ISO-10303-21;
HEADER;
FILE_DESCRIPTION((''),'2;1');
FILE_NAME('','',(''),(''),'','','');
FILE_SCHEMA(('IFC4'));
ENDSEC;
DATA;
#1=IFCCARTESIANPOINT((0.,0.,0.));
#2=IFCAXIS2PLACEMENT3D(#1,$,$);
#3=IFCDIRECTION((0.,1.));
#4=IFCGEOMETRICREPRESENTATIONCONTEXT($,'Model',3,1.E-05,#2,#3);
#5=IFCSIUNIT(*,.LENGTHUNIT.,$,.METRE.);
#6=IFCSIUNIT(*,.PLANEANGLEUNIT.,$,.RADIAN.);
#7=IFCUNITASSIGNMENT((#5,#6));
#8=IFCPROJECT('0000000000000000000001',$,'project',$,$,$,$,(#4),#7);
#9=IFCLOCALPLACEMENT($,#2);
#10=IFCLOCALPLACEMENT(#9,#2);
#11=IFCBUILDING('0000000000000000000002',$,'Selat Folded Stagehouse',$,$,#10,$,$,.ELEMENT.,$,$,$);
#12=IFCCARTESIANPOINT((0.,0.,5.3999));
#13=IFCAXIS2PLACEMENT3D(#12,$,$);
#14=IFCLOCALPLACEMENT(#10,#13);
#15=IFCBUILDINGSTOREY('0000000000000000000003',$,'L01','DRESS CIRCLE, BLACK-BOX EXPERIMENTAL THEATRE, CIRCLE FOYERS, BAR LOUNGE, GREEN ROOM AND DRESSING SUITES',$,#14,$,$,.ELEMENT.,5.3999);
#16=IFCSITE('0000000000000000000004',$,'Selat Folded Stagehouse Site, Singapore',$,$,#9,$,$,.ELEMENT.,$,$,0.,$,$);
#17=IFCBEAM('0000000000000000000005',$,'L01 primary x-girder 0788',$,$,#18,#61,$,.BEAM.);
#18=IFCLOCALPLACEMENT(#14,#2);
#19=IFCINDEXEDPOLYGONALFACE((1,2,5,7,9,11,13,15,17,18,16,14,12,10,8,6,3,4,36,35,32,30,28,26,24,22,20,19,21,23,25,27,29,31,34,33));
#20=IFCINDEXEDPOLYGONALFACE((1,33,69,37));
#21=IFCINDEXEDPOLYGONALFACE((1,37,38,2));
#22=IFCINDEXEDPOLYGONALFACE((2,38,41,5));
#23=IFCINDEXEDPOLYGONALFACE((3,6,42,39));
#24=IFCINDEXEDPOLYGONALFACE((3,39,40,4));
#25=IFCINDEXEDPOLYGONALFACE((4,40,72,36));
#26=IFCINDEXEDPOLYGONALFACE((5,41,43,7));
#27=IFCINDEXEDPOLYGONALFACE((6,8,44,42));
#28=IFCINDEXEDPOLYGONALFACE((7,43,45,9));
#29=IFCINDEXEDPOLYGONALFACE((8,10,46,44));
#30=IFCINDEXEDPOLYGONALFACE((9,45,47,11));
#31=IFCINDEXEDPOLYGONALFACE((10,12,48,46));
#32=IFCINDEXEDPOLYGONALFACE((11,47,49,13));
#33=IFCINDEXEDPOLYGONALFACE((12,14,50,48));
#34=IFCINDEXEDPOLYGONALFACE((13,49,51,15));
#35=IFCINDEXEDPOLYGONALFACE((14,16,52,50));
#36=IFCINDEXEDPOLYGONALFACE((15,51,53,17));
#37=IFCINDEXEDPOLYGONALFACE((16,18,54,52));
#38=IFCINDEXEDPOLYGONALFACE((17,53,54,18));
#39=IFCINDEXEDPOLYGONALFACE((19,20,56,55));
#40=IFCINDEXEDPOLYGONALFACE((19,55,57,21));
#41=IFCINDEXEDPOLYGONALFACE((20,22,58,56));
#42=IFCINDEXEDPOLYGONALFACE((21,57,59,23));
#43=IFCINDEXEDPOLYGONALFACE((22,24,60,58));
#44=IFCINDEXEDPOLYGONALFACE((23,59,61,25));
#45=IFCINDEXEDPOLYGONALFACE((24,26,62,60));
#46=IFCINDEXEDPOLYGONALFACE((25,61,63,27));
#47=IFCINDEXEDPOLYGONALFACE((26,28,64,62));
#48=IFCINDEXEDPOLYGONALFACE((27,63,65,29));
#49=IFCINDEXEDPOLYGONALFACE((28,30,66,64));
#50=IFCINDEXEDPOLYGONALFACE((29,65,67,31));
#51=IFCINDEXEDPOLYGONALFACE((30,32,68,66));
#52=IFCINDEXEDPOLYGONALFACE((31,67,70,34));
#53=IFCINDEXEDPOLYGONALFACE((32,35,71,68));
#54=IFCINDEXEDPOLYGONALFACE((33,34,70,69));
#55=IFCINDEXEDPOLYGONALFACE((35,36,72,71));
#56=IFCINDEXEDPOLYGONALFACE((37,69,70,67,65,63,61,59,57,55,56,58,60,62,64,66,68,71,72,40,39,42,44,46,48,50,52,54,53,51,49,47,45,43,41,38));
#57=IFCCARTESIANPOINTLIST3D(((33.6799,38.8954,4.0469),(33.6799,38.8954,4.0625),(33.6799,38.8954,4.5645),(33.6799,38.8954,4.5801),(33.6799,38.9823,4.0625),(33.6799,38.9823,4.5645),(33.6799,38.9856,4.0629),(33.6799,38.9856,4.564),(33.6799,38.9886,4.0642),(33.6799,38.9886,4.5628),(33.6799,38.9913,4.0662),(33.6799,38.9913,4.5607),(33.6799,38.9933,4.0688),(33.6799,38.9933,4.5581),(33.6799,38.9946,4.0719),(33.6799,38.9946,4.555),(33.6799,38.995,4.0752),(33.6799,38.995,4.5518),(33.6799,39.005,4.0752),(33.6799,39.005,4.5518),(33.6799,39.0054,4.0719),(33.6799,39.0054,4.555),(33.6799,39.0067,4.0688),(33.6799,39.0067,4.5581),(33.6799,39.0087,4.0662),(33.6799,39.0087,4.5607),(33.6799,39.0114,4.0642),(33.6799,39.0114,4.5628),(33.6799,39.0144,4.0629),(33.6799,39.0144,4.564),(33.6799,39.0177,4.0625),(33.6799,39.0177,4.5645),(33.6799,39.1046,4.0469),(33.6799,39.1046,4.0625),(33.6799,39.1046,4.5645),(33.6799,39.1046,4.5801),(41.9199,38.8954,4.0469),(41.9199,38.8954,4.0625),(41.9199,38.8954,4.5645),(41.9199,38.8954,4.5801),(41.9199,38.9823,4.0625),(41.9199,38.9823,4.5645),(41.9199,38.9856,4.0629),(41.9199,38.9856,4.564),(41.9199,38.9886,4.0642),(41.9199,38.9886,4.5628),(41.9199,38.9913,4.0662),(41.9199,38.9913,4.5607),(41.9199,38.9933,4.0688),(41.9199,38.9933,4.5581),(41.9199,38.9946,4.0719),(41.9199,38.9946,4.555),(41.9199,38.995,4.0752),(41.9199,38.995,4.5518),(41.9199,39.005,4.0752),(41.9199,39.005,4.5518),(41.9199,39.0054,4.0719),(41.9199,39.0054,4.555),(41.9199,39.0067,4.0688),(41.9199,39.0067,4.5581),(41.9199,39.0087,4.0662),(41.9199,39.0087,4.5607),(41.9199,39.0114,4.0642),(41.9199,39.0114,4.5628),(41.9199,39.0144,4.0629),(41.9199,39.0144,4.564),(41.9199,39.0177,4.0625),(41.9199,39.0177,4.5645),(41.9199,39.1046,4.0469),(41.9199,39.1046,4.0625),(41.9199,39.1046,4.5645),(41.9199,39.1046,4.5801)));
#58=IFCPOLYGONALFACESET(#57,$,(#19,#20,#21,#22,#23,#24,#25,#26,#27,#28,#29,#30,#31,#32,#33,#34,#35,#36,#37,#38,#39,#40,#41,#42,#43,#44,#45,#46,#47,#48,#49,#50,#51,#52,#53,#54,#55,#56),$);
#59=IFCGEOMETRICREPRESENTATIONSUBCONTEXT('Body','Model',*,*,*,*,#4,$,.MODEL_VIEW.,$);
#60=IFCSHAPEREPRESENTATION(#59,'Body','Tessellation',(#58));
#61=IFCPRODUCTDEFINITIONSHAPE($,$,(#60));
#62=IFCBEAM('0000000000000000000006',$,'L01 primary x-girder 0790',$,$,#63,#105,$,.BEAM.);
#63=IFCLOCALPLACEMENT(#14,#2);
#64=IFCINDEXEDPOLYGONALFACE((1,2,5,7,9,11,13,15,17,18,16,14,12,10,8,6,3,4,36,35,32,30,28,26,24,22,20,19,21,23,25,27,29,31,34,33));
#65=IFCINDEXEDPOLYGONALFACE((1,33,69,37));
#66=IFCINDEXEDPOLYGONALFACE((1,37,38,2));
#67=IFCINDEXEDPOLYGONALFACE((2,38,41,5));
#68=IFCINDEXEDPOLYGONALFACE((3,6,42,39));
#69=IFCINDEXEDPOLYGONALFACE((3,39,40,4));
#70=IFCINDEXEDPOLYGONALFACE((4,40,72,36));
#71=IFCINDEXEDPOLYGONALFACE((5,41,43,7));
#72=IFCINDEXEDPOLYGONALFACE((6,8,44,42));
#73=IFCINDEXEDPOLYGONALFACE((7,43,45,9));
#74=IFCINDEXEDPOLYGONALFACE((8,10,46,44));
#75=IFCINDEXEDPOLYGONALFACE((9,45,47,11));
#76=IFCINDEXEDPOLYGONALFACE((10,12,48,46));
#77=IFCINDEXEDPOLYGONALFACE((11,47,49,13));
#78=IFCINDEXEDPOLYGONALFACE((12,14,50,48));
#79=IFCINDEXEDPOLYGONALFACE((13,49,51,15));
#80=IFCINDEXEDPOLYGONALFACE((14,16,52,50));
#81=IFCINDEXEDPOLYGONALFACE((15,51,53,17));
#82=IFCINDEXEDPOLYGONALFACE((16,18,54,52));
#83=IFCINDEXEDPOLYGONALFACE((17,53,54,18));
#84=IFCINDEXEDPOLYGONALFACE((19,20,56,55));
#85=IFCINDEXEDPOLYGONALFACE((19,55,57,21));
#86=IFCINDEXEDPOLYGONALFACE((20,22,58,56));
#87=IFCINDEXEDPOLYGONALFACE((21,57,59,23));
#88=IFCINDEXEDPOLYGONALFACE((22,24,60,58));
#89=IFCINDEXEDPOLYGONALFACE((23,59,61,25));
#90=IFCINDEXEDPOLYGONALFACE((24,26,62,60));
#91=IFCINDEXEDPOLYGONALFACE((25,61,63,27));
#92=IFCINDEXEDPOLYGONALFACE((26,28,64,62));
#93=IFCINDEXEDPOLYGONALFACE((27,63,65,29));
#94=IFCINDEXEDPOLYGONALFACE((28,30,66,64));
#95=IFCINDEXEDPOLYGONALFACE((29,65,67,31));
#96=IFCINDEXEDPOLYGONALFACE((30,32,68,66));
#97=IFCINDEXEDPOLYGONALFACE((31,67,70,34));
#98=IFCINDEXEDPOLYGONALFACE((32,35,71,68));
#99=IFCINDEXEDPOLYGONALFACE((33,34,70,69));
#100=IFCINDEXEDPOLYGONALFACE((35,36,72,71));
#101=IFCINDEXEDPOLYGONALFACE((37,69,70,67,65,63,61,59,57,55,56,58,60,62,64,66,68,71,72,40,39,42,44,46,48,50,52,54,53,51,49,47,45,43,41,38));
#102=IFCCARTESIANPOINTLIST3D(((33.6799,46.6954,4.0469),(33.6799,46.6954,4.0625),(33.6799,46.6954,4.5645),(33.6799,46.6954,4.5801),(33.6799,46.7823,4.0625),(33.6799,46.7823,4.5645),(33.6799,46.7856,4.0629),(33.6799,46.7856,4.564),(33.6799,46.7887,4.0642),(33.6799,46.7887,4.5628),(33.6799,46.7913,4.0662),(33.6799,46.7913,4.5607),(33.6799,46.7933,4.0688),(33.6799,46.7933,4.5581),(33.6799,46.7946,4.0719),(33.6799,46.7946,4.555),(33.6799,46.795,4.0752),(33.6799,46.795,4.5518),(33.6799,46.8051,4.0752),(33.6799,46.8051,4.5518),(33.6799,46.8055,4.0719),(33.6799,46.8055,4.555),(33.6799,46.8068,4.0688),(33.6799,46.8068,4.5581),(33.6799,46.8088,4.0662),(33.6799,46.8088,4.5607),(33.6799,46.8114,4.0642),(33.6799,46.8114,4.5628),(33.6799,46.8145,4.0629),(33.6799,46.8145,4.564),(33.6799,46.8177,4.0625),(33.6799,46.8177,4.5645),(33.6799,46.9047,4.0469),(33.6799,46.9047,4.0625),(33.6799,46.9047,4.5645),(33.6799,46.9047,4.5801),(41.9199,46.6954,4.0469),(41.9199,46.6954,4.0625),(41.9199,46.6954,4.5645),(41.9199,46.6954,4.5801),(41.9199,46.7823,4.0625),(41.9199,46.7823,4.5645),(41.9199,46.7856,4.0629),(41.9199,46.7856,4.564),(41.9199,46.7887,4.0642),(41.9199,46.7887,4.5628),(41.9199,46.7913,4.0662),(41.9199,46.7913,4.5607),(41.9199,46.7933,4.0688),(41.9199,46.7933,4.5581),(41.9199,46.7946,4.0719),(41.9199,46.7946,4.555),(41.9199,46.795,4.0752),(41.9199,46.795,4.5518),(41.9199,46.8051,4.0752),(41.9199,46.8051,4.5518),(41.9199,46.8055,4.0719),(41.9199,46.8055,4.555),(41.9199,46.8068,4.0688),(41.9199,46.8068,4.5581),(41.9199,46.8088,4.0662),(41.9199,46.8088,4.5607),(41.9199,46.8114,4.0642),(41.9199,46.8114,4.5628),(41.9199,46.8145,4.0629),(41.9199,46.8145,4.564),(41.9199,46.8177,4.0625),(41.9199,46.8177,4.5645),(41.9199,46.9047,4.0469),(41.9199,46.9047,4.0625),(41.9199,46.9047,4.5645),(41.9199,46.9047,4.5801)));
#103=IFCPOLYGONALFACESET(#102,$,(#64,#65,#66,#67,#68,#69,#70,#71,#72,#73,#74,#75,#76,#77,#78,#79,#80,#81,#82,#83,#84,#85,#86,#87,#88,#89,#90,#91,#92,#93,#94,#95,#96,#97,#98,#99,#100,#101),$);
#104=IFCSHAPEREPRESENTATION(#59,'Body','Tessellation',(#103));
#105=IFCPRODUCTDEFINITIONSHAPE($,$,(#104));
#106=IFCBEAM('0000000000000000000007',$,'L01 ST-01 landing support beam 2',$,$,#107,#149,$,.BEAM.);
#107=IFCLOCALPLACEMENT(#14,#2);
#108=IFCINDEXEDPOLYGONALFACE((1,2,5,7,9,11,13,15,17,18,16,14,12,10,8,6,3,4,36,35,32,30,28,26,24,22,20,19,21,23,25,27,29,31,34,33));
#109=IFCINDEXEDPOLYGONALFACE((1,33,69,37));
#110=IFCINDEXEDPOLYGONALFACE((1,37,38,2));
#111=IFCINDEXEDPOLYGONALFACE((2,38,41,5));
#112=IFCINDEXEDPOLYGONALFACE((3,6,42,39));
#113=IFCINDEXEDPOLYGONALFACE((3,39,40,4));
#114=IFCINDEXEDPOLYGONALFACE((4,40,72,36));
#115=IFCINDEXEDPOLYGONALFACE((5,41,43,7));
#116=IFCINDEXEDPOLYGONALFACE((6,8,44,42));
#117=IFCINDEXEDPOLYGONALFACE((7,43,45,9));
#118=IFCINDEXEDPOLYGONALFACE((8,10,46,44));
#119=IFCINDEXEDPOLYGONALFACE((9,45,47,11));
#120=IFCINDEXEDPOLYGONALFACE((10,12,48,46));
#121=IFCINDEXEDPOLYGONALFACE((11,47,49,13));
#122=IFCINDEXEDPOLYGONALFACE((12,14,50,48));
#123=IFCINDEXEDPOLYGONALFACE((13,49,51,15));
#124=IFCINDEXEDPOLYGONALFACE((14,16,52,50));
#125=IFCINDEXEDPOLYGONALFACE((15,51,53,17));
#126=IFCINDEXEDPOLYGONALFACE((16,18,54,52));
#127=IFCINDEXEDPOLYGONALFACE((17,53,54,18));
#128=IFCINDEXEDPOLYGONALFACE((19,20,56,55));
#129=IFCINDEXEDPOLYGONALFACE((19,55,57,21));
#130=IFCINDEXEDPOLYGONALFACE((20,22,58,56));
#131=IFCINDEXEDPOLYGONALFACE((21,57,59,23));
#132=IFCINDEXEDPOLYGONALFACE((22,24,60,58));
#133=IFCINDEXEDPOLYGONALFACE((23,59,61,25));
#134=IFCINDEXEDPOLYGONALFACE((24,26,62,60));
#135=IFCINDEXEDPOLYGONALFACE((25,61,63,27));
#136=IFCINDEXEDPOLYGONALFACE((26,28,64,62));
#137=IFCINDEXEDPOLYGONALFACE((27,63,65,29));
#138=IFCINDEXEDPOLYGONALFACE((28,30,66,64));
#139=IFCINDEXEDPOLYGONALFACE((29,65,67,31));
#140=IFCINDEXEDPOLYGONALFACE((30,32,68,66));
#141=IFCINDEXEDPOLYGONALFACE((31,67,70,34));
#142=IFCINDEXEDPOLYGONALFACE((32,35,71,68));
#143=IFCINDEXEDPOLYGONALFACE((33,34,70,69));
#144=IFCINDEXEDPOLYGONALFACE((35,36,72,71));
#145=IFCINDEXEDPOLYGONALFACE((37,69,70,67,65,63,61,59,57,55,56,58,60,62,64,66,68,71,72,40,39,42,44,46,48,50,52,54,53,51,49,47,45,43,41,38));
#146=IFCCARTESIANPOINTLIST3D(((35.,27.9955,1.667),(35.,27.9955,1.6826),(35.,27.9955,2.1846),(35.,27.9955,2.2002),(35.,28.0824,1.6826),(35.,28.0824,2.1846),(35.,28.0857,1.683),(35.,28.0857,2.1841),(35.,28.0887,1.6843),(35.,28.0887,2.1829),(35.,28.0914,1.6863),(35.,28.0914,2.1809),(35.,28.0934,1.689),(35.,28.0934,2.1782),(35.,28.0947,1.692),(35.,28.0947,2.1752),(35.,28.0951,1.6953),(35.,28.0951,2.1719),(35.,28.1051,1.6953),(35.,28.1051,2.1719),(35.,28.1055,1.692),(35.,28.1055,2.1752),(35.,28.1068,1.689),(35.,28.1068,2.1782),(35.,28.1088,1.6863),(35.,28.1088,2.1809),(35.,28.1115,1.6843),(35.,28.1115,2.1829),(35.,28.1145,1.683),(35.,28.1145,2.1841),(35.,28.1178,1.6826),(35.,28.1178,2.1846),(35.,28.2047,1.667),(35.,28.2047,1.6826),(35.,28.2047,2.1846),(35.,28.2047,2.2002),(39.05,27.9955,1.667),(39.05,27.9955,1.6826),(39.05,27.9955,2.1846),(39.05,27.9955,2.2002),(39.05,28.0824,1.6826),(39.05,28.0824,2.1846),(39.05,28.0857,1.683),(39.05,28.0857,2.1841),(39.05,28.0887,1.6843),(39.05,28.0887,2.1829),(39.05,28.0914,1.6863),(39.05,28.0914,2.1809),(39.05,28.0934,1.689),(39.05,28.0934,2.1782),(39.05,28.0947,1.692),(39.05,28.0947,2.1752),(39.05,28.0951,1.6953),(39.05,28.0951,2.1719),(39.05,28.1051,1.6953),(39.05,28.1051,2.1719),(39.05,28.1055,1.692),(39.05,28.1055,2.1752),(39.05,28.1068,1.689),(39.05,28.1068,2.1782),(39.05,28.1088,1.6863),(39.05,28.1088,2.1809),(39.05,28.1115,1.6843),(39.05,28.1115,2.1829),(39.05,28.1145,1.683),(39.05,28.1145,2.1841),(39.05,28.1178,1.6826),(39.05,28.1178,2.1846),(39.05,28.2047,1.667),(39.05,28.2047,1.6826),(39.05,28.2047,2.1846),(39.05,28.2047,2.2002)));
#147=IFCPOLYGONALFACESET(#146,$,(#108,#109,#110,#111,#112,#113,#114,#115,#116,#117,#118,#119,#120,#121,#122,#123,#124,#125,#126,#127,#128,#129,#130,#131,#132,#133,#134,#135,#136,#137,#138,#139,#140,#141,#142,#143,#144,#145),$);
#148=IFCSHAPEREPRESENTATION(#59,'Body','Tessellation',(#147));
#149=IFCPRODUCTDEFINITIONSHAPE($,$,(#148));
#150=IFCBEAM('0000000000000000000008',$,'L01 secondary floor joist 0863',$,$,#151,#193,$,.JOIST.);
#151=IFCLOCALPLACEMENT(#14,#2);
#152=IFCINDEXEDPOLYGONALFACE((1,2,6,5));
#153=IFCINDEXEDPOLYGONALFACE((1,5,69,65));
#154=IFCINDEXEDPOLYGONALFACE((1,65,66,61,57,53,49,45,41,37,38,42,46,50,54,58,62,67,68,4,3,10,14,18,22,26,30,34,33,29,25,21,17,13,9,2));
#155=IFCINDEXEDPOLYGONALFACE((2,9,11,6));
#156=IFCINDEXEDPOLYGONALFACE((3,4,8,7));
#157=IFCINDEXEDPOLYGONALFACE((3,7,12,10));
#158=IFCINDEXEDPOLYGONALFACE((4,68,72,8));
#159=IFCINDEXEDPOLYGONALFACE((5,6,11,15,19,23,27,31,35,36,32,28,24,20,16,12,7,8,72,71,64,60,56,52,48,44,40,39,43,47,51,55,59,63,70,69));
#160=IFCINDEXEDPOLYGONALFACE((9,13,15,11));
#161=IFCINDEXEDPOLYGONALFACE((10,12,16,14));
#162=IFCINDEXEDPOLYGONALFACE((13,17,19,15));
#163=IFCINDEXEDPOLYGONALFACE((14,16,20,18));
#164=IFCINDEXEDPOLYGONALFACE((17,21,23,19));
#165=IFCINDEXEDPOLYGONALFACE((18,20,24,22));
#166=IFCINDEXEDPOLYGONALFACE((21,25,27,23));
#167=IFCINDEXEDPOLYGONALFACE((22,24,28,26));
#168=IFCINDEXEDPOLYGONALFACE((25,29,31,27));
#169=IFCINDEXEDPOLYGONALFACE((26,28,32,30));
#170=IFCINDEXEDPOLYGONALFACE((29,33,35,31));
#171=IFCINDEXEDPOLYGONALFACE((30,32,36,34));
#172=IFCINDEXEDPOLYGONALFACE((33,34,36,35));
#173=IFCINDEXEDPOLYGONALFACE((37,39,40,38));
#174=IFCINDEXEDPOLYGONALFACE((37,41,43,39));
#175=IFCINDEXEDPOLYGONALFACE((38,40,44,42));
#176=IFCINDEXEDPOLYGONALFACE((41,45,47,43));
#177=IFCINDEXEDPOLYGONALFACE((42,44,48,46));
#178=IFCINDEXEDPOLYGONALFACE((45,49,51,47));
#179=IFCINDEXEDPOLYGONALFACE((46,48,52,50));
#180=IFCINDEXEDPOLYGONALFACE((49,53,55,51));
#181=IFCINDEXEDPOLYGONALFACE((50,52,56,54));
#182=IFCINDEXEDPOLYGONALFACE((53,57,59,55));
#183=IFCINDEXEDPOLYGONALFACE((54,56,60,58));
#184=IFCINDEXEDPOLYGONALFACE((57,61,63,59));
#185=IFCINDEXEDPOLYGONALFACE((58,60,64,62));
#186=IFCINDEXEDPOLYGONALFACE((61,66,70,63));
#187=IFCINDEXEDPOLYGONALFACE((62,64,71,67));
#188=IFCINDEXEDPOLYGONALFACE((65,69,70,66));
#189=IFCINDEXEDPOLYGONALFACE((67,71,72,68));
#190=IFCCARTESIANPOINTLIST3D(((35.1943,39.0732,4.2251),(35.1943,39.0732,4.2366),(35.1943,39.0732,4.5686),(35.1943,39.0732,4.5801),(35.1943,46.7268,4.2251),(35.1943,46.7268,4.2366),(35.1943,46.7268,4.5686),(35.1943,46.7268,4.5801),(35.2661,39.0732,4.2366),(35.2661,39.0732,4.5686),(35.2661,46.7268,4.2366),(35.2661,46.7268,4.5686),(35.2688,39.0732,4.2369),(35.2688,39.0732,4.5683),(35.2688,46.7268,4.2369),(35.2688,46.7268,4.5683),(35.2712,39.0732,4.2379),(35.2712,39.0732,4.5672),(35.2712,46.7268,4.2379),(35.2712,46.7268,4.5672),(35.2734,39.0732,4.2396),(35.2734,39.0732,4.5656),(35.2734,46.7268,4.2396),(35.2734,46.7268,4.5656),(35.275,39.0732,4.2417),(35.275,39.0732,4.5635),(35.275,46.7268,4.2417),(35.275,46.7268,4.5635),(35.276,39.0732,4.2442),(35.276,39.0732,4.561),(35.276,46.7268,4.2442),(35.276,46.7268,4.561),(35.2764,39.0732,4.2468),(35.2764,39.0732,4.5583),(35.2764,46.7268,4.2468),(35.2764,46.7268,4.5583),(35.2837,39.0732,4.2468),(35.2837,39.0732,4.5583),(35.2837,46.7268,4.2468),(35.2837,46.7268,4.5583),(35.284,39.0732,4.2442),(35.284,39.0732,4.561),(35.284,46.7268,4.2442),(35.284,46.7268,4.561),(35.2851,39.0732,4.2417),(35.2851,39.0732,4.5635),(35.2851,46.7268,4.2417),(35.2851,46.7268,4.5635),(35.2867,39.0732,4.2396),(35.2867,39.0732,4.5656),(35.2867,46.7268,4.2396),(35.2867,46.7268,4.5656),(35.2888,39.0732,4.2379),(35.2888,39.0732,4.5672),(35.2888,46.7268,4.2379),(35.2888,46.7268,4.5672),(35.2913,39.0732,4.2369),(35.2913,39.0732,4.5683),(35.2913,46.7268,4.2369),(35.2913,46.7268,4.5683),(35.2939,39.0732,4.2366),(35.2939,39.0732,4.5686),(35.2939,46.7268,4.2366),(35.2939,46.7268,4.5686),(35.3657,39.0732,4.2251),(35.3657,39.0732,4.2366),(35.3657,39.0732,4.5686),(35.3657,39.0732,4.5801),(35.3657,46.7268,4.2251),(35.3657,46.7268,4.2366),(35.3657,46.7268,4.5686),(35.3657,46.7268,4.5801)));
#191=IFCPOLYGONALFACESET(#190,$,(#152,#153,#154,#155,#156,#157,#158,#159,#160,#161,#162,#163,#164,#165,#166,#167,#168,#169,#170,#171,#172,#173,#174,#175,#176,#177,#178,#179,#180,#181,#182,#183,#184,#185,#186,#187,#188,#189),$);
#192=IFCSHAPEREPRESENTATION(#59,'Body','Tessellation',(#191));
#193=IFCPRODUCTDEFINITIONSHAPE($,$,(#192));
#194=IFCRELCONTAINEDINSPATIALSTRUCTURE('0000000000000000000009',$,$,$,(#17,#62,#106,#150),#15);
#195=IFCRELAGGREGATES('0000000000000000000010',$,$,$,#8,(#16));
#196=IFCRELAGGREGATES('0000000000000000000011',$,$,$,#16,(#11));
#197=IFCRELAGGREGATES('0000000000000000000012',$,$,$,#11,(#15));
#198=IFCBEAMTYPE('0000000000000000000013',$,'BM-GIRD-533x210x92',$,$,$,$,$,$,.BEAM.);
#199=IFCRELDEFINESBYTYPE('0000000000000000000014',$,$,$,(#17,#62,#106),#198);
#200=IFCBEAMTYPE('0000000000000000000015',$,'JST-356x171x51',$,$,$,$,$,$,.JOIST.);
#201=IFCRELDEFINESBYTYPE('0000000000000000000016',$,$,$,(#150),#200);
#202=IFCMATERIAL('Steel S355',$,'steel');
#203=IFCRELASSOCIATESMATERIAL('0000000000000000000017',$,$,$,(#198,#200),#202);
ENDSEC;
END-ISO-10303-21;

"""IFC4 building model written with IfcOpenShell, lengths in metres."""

from ifc_helpers import new_model, si_unit, direction, frame, origin, origin_2d, place, context, subcontext, project, spatial, i_section, extrude, material, material_profile, profile_set, type_object, element, save


model = new_model("IFC4")

# Units and contexts
model_context = context("Model", 3, precision=1e-05, world=origin(), true_north=direction((0.0, 1.0)))
body_context = subcontext(model_context, "Body", "Model", "MODEL_VIEW")
ifc_project = project(units=[si_unit("LENGTHUNIT", "METRE"), si_unit("PLANEANGLEUNIT", "RADIAN")], contexts=[model_context])

# Site, building, storey
site_placement = place(None, origin())
site = spatial("IfcSite", under=ifc_project, at=site_placement, Name="Selat Folded Stagehouse Site, Singapore", CompositionType="ELEMENT", RefElevation=0.0)
building_placement = place(site_placement, origin())
building = spatial("IfcBuilding", under=site, at=building_placement, Name="Selat Folded Stagehouse", CompositionType="ELEMENT")
storey_placement = place(building_placement, frame((0.0, 0.0, 5.3999)))
storey = spatial("IfcBuildingStorey", under=building, at=storey_placement, Name="L01", Description="DRESS CIRCLE, BLACK-BOX EXPERIMENTAL THEATRE, CIRCLE FOYERS, BAR LOUNGE, GREEN ROOM AND DRESSING SUITES", CompositionType="ELEMENT", Elevation=5.3999)

# Beams
ifc_material_1 = material(Name="Steel S355", Category="steel")
ifc_material_profile_1 = material_profile(ifc_material_1, i_section(OverallWidth=0.2092, OverallDepth=0.5332, WebThickness=0.01, FlangeThickness=0.0156, FilletRadius=0.0127, at=origin_2d()), Name="UKB 533x210x92")
ifc_profile_set_1 = profile_set([ifc_material_profile_1], Name="Steel S355")
beam_type_1 = type_object("IfcBeamType", Name="BM-GIRD-533x210x92", PredefinedType="BEAM", material=ifc_profile_set_1)
for number, where, z_axis, x_axis, name in (
    (1, (33.6799, 39.0, 4.3135), (1.0, 0.0, 0.0), (0.0, 1.0, 0.0), "L01 primary x-girder 0788"),
    (2, (33.6799, 46.8, 4.3135), (1.0, 0.0, 0.0), (0.0, 1.0, 0.0), "L01 primary x-girder 0790"),
):
    element("IfcBeam", number, at=place(storey_placement, frame(where, z_axis=z_axis, x_axis=x_axis)), inside=storey, type_object=beam_type_1, Name=name, PredefinedType="BEAM", context=body_context, shape_type="SweptSolid", body=[
        extrude(i_section(OverallWidth=0.2092, OverallDepth=0.5332, WebThickness=0.01, FlangeThickness=0.0156, FilletRadius=0.0127, at=origin_2d()), origin(), (0.0, 0.0, 1.0), 8.24),
    ])
beam_1_placement = place(storey_placement, frame((35.0, 28.1001, 1.9336), z_axis=(1.0, 0.0, 0.0), x_axis=(0.0, 1.0, 0.0)))
element("IfcBeam", 3, at=beam_1_placement, inside=storey, type_object=beam_type_1, Name="L01 ST-01 landing support beam 2", PredefinedType="BEAM", context=body_context, shape_type="SweptSolid", body=[
    extrude(i_section(OverallWidth=0.2092, OverallDepth=0.5332, WebThickness=0.01, FlangeThickness=0.0156, FilletRadius=0.0127, at=origin_2d()), origin(), (0.0, 0.0, 1.0), 4.05),
])
ifc_material_profile_2 = material_profile(ifc_material_1, i_section(OverallWidth=0.1714, OverallDepth=0.355, WebThickness=0.0073, FlangeThickness=0.0115, FilletRadius=0.0103, at=origin_2d()), Name="UKB 356x171x51")
ifc_profile_set_2 = profile_set([ifc_material_profile_2], Name="Steel S355")
beam_type_2 = type_object("IfcBeamType", Name="JST-356x171x51", PredefinedType="JOIST", material=ifc_profile_set_2)
beam_2_placement = place(storey_placement, frame((35.28, 39.0732, 4.4026), z_axis=(0.0, 1.0, 0.0), x_axis=(-1.0, 0.0, 0.0)))
element("IfcBeam", 4, at=beam_2_placement, inside=storey, type_object=beam_type_2, Name="L01 secondary floor joist 0863", PredefinedType="JOIST", context=body_context, shape_type="SweptSolid", body=[
    extrude(i_section(OverallWidth=0.1714, OverallDepth=0.355, WebThickness=0.0073, FlangeThickness=0.0115, FilletRadius=0.0103, at=origin_2d()), origin(), (0.0, 0.0, 1.0), 7.6536),
])

save(model, "model.ifc")
